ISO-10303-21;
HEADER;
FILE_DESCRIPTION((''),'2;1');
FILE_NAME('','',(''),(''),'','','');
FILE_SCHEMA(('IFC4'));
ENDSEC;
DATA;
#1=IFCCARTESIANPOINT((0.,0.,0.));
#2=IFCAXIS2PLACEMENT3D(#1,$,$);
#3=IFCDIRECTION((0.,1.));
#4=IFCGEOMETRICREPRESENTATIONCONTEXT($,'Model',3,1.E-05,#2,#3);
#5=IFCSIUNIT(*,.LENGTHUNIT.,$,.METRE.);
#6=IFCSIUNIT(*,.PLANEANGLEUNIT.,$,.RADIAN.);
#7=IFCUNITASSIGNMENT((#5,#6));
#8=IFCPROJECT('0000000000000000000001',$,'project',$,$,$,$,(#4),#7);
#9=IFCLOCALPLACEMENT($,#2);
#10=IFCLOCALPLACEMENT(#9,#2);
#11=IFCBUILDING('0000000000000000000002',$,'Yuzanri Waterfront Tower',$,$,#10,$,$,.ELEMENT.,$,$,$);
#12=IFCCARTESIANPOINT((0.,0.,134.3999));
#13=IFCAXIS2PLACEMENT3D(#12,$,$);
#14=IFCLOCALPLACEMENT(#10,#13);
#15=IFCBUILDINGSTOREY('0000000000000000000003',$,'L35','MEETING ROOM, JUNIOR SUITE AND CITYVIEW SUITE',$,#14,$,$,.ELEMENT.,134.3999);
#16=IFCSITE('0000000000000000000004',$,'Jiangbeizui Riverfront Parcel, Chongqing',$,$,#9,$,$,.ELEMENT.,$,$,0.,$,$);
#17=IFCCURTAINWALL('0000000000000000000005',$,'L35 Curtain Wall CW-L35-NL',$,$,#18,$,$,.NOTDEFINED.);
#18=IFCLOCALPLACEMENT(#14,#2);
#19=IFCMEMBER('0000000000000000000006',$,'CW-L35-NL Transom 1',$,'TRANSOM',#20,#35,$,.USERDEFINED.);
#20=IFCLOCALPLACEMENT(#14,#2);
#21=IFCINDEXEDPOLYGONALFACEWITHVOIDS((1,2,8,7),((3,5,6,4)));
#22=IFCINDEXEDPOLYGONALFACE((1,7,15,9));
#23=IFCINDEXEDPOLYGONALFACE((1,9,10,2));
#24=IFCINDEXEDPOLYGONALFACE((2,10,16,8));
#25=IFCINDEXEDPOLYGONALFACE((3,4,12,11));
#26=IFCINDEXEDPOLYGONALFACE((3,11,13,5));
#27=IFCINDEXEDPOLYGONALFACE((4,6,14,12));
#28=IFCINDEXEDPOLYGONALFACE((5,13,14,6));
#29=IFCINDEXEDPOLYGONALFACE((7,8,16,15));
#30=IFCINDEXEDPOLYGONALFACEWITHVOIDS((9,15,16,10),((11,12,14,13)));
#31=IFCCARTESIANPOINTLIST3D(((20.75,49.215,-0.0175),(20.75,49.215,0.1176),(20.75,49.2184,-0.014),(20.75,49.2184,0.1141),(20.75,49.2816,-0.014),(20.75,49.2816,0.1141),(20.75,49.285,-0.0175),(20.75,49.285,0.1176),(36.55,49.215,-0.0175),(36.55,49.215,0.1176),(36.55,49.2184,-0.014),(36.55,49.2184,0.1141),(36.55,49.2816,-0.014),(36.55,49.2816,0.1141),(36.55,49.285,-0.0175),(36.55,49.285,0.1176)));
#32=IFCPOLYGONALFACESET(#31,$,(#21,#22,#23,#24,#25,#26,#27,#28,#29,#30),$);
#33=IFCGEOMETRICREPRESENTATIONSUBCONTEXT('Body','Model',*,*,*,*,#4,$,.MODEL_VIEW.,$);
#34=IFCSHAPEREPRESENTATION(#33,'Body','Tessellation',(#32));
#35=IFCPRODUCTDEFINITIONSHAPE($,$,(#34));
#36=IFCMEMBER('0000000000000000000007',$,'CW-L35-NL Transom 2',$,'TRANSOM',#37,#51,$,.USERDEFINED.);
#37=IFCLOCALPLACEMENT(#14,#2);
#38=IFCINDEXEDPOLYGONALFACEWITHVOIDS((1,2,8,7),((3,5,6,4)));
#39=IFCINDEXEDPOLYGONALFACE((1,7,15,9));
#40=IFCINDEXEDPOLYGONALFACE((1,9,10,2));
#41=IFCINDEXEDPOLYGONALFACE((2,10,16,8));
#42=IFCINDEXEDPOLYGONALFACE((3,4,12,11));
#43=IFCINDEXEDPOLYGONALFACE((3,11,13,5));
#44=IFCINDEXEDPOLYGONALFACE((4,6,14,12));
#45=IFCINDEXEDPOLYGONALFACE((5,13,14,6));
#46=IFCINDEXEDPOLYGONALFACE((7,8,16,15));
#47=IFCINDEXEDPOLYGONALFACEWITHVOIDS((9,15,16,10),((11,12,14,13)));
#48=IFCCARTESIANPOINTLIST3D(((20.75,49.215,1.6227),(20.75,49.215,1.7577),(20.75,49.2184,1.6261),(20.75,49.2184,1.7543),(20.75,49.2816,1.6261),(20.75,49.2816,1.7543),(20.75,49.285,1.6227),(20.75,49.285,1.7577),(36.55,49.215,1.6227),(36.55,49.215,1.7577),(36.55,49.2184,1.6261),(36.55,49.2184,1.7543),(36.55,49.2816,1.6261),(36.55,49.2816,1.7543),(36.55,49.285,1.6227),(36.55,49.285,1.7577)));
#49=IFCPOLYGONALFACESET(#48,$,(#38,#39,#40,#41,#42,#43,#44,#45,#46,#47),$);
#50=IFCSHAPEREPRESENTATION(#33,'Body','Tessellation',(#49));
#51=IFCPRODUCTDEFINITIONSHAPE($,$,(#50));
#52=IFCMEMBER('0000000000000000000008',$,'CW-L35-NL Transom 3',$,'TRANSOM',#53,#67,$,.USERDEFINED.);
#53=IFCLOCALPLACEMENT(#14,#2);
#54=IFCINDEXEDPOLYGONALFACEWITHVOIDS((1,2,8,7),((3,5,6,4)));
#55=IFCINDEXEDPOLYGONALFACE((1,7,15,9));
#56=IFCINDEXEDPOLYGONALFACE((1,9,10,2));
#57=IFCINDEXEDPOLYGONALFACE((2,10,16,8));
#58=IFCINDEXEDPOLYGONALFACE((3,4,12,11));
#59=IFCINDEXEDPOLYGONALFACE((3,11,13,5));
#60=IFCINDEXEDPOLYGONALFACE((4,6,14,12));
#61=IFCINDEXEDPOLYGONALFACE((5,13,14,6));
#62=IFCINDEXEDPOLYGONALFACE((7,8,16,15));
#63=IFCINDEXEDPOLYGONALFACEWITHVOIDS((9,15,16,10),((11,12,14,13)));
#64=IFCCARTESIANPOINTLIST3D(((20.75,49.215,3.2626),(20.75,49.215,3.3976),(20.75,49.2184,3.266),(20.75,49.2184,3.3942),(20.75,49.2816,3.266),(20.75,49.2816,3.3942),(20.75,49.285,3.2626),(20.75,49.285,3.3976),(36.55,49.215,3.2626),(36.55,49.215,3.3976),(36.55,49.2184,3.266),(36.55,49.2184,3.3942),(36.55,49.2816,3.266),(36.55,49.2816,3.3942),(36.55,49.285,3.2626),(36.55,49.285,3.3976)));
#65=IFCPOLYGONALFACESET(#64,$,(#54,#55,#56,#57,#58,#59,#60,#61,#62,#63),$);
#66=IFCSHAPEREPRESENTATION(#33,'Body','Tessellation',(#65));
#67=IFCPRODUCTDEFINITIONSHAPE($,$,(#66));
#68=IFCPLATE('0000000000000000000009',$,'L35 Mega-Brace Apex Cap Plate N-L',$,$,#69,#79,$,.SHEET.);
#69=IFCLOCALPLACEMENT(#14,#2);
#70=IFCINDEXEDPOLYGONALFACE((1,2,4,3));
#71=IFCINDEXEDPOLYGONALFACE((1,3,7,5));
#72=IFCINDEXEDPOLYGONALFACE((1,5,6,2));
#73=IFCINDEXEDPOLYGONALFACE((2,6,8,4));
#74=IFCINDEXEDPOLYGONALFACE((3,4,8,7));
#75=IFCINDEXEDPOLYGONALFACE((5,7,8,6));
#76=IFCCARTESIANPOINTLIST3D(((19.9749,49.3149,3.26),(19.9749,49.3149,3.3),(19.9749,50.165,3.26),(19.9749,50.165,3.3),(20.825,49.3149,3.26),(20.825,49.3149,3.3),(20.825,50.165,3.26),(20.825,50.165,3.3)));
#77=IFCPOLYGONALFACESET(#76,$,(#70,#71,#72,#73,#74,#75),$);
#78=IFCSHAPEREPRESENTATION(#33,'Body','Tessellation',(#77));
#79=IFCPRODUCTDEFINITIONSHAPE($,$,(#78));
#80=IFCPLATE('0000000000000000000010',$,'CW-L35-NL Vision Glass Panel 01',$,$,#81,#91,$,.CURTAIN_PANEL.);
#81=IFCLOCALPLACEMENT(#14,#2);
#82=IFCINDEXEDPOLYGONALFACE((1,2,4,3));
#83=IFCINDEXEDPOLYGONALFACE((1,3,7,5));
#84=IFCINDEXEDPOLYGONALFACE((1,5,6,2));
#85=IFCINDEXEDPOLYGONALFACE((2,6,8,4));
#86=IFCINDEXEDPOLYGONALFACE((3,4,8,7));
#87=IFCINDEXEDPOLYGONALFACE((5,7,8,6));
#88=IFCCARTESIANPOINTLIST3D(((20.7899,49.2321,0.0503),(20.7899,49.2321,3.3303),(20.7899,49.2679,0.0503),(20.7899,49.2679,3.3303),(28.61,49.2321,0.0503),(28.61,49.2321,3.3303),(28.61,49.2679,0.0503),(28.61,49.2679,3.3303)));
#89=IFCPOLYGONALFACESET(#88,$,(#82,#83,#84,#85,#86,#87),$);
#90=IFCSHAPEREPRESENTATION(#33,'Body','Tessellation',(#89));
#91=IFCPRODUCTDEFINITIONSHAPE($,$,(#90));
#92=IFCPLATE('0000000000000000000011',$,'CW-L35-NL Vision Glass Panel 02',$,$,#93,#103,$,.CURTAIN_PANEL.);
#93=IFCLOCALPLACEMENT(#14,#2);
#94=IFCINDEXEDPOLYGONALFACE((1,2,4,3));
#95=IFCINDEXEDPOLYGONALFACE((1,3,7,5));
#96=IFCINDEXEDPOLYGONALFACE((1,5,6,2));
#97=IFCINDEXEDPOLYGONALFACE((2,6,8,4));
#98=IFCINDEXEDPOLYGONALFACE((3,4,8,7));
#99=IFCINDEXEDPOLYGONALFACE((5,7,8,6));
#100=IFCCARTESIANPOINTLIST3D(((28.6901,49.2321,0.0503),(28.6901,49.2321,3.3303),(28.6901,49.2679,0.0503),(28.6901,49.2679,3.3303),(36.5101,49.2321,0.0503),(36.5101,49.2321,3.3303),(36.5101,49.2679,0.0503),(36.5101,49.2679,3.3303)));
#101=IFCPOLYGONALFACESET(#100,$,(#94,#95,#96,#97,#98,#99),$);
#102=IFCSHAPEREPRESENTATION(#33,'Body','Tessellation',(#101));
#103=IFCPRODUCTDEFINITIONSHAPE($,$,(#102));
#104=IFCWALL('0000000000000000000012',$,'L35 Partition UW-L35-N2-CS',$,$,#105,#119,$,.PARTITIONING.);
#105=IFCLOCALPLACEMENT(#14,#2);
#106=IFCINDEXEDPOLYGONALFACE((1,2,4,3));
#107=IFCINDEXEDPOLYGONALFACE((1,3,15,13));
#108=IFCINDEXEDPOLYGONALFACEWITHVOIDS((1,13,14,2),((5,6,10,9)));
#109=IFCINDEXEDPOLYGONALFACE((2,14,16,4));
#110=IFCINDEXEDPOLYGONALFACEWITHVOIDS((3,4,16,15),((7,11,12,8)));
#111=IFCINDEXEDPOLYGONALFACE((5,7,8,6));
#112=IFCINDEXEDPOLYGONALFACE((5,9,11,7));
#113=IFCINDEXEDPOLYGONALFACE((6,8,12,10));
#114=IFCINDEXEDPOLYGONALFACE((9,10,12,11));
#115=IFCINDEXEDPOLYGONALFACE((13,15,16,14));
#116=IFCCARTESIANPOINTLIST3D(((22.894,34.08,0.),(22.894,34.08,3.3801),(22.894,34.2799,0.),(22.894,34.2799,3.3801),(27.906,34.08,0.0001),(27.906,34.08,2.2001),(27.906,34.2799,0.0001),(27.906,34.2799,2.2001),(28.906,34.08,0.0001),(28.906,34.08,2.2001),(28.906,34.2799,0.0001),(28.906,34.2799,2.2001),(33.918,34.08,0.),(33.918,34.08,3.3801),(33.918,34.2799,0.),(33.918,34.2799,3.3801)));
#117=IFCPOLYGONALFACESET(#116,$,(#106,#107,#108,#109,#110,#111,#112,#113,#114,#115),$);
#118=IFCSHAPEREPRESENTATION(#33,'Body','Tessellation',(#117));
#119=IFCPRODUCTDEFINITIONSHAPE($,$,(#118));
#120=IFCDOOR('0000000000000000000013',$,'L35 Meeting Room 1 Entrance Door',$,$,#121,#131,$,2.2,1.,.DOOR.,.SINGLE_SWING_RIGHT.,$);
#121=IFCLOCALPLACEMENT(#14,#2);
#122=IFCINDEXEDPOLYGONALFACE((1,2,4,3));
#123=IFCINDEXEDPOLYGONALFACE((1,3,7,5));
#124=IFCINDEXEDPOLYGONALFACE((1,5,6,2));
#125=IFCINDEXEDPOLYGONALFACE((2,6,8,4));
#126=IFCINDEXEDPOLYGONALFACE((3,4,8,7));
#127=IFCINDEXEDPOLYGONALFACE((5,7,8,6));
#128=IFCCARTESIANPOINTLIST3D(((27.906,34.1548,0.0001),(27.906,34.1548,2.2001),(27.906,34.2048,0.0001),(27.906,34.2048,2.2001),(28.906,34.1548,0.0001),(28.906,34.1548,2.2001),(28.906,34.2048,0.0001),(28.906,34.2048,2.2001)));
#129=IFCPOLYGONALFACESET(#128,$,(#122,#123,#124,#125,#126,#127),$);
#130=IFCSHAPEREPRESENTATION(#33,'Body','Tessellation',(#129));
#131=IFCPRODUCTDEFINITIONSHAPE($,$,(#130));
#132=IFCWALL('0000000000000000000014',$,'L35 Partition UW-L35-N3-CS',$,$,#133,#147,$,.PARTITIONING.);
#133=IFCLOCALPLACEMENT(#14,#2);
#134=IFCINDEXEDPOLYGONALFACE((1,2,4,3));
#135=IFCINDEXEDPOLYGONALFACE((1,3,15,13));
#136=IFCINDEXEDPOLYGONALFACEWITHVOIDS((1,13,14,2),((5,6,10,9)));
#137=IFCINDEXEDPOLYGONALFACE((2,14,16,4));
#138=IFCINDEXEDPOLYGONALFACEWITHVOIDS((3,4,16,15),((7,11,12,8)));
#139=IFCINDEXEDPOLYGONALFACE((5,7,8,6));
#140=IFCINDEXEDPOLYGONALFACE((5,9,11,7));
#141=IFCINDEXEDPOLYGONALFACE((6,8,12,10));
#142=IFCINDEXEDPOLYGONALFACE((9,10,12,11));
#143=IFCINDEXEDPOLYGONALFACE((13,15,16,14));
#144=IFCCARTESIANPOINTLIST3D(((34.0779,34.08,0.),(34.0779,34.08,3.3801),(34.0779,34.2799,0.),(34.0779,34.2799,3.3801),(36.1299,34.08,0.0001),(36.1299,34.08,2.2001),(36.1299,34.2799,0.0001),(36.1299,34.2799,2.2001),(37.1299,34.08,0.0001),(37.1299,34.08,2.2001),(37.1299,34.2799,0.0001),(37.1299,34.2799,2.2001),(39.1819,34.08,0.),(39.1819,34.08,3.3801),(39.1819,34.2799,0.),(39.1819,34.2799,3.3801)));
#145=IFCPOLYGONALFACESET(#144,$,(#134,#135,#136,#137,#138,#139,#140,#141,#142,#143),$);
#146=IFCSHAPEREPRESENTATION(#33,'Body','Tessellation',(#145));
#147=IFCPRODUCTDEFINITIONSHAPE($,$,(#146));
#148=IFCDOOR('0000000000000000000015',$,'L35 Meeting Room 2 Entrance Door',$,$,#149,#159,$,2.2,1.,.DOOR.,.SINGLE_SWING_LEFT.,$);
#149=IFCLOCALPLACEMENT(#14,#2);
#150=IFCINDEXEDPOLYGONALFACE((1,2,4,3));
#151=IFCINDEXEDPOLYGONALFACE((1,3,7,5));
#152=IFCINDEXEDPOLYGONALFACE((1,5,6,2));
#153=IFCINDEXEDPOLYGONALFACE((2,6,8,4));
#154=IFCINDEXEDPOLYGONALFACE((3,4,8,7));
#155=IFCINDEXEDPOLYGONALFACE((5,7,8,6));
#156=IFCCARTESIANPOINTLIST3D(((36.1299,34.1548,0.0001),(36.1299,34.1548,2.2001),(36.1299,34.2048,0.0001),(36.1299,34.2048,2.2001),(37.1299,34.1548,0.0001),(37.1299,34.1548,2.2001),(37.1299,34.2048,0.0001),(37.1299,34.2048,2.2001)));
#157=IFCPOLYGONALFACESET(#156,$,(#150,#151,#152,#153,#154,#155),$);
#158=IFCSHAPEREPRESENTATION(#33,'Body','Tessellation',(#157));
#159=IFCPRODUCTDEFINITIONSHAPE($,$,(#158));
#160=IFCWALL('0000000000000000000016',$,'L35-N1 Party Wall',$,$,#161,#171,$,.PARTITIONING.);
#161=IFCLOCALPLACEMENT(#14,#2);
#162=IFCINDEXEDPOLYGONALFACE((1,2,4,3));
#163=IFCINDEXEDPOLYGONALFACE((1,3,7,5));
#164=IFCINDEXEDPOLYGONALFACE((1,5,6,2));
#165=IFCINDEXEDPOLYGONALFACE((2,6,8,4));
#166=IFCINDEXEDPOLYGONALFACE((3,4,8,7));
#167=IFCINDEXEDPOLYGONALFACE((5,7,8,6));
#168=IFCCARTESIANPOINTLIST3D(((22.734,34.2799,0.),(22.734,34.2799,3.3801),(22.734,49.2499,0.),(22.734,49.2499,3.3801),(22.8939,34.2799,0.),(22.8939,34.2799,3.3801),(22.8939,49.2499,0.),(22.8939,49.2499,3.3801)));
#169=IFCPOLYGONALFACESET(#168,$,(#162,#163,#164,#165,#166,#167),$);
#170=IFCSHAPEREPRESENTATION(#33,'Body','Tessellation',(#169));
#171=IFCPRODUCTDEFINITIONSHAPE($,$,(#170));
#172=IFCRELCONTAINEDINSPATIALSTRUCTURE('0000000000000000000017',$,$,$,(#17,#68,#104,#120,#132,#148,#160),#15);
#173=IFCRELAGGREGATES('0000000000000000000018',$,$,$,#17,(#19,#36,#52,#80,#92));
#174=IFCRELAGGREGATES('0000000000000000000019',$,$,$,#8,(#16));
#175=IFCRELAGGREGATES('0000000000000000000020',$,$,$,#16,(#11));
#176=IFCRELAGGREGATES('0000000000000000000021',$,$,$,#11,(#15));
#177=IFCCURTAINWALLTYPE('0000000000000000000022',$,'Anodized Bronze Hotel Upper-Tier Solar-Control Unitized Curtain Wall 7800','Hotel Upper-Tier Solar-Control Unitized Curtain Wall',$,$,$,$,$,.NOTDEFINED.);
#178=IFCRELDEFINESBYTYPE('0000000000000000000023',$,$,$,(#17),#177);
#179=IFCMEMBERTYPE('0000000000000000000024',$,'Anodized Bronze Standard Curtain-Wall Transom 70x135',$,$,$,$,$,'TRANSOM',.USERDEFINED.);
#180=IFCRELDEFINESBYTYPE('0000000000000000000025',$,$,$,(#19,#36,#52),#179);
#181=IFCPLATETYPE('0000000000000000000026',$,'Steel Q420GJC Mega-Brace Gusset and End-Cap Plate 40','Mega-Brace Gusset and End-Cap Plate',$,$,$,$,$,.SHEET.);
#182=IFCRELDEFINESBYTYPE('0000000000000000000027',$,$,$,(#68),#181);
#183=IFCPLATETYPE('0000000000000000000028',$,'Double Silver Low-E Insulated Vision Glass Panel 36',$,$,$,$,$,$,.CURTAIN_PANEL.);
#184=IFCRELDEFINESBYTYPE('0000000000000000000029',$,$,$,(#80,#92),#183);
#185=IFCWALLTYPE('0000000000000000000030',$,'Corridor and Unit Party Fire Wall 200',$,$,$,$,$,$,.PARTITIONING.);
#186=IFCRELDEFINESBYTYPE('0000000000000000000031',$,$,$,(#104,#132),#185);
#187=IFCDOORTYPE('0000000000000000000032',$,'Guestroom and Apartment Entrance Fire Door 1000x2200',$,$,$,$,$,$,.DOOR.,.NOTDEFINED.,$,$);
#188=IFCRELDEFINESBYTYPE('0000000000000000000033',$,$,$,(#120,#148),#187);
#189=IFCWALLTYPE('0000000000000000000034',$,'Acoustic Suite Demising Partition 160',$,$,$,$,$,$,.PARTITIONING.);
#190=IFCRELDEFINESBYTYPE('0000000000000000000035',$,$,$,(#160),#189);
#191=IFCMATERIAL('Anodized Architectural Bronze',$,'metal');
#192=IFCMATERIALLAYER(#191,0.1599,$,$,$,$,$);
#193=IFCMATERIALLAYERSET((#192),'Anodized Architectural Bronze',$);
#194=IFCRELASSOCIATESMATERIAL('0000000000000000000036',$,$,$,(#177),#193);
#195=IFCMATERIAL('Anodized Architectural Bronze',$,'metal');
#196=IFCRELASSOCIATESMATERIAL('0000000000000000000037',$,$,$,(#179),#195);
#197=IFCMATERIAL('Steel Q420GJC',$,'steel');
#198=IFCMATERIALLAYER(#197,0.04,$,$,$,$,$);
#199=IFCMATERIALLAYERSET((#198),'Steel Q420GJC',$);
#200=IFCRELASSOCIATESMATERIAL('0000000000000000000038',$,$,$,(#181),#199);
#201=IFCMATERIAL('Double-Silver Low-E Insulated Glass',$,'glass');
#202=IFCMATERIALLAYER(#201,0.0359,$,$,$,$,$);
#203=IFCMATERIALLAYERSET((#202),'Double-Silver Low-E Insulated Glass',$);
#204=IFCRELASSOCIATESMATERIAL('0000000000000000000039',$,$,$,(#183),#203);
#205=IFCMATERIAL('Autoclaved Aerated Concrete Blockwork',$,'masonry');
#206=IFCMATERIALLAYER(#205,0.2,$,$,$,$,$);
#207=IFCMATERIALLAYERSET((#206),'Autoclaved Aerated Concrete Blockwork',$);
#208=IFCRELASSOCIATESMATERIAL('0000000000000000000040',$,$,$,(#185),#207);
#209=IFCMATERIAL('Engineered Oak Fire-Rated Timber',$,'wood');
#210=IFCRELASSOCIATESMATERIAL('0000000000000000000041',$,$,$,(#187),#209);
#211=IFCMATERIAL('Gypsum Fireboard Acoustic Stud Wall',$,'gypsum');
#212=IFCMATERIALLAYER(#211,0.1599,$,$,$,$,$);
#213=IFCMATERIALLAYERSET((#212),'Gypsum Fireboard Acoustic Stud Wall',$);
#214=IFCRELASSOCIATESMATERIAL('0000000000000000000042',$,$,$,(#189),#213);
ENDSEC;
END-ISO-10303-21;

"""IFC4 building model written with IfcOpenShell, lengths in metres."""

from ifc_helpers import new_model, si_unit, direction, frame, frame_2d, origin, origin_2d, place, context, subcontext, project, spatial, rectangle, hollow_rectangle, extrude, source, transform, mapped, material, layer, layer_set, material_profile, profile_set, type_object, element, fill, aggregate, save


model = new_model("IFC4")

# Units and contexts
model_context = context("Model", 3, precision=1e-05, world=origin(), true_north=direction((0.0, 1.0)))
body_context = subcontext(model_context, "Body", "Model", "MODEL_VIEW")
ifc_project = project(units=[si_unit("LENGTHUNIT", "METRE"), si_unit("PLANEANGLEUNIT", "RADIAN")], contexts=[model_context])

# Site, building, storey
site_placement = place(None, origin())
site = spatial("IfcSite", under=ifc_project, at=site_placement, Name="Jiangbeizui Riverfront Parcel, Chongqing", CompositionType="ELEMENT", RefElevation=0.0)
building_placement = place(site_placement, origin())
building = spatial("IfcBuilding", under=site, at=building_placement, Name="Yuzanri Waterfront Tower", CompositionType="ELEMENT")
storey_placement = place(building_placement, frame((0.0, 0.0, 134.3999)))
storey = spatial("IfcBuildingStorey", under=building, at=storey_placement, Name="L35", Description="MEETING ROOM, JUNIOR SUITE AND CITYVIEW SUITE", CompositionType="ELEMENT", Elevation=134.3999)

# Curtain wall, members
ifc_material_1 = material(Name="Anodized Architectural Bronze", Category="metal")
ifc_layer_1 = layer(ifc_material_1, 0.1599)
ifc_layer_set_1 = layer_set([ifc_layer_1], Name="Anodized Architectural Bronze")
curtain_wall_type = type_object("IfcCurtainWallType", Name="Anodized Bronze Hotel Upper-Tier Solar-Control Unitized Curtain Wall 7800", Description="Hotel Upper-Tier Solar-Control Unitized Curtain Wall", PredefinedType="NOTDEFINED", material=ifc_layer_set_1)
curtain_wall_placement = place(storey_placement, origin())
curtain_wall = element("IfcCurtainWall", 1, at=curtain_wall_placement, inside=storey, type_object=curtain_wall_type, Name="L35 Curtain Wall CW-L35-NL", PredefinedType="NOTDEFINED")
ifc_material_2 = material(Name="Anodized Architectural Bronze", Category="metal")
ifc_material_profile_1 = material_profile(ifc_material_2, hollow_rectangle(XDim=0.0701, YDim=0.135, WallThickness=0.0034, at=origin_2d()), Name="CWT 70x135")
ifc_profile_set_1 = profile_set([ifc_material_profile_1], Name="Anodized Architectural Bronze")
member_type_1 = type_object("IfcMemberType", Name="Anodized Bronze Standard Curtain-Wall Transom 70x135", ElementType="TRANSOM", PredefinedType="USERDEFINED", material=ifc_profile_set_1)
shared_shape_1 = source(origin(), body_context, "Body", "SweptSolid", [
    extrude(hollow_rectangle(XDim=0.0701, YDim=0.135, WallThickness=0.0034, at=origin_2d()), origin(), (0.0, 0.0, 1.0), 15.8),
])
member_1_placement = place(storey_placement, frame((20.75, 49.25, 0.05), z_axis=(1.0, 0.0, 0.0), x_axis=(0.0, 1.0, 0.0)))
member_1 = element("IfcMember", 2, at=member_1_placement, type_object=member_type_1, Name="CW-L35-NL Transom 1", ObjectType="TRANSOM", PredefinedType="USERDEFINED", context=body_context, shape_type="MappedRepresentation", body=[
    mapped(shared_shape_1, transform((0.0, 0.0, 0.0), scale=1.0)),
])
member_2_placement = place(storey_placement, frame((20.75, 49.25, 1.6902), z_axis=(1.0, 0.0, 0.0), x_axis=(0.0, 1.0, 0.0)))
member_2 = element("IfcMember", 3, at=member_2_placement, type_object=member_type_1, Name="CW-L35-NL Transom 2", ObjectType="TRANSOM", PredefinedType="USERDEFINED", context=body_context, shape_type="MappedRepresentation", body=[
    mapped(shared_shape_1, transform((0.0, 0.0, 0.0), scale=1.0)),
])
member_3_placement = place(storey_placement, frame((20.75, 49.25, 3.3301), z_axis=(1.0, 0.0, 0.0), x_axis=(0.0, 1.0, 0.0)))
member_3 = element("IfcMember", 4, at=member_3_placement, type_object=member_type_1, Name="CW-L35-NL Transom 3", ObjectType="TRANSOM", PredefinedType="USERDEFINED", context=body_context, shape_type="MappedRepresentation", body=[
    mapped(shared_shape_1, transform((0.0, 0.0, 0.0), scale=1.0)),
])

# Plates
ifc_material_3 = material(Name="Steel Q420GJC", Category="steel")
ifc_layer_2 = layer(ifc_material_3, 0.04)
ifc_layer_set_2 = layer_set([ifc_layer_2], Name="Steel Q420GJC")
plate_type_1 = type_object("IfcPlateType", Name="Steel Q420GJC Mega-Brace Gusset and End-Cap Plate 40", Description="Mega-Brace Gusset and End-Cap Plate", PredefinedType="SHEET", material=ifc_layer_set_2)
shared_shape_2 = source(origin(), body_context, "Body", "SweptSolid", [
    extrude(rectangle(XDim=0.8501, YDim=0.8501, at=origin_2d()), origin(), (0.0, 0.0, 1.0), 0.04),
])
plate_1_placement = place(storey_placement, frame((20.3999, 49.74, 3.26), z_axis=(0.0, 0.0, 1.0), x_axis=(1.0, 0.0, 0.0)))
element("IfcPlate", 5, at=plate_1_placement, inside=storey, type_object=plate_type_1, Name="L35 Mega-Brace Apex Cap Plate N-L", PredefinedType="SHEET", context=body_context, shape_type="MappedRepresentation", body=[
    mapped(shared_shape_2, transform((0.0, 0.0, 0.0), scale=1.0)),
])
ifc_material_4 = material(Name="Double-Silver Low-E Insulated Glass", Category="glass")
ifc_layer_3 = layer(ifc_material_4, 0.0359)
ifc_layer_set_3 = layer_set([ifc_layer_3], Name="Double-Silver Low-E Insulated Glass")
plate_type_2 = type_object("IfcPlateType", Name="Double Silver Low-E Insulated Vision Glass Panel 36", PredefinedType="CURTAIN_PANEL", material=ifc_layer_set_3)
shared_shape_3 = source(origin(), body_context, "Body", "SweptSolid", [
    extrude(rectangle(XDim=7.8201, YDim=0.0359, at=origin_2d()), origin(), (0.0, 0.0, 1.0), 3.28),
])
plate_2_placement = place(storey_placement, frame((24.7, 49.25, 0.0503), z_axis=(0.0, 0.0, 1.0), x_axis=(1.0, 0.0, 0.0)))
plate_2 = element("IfcPlate", 6, at=plate_2_placement, type_object=plate_type_2, Name="CW-L35-NL Vision Glass Panel 01", PredefinedType="CURTAIN_PANEL", context=body_context, shape_type="MappedRepresentation", body=[
    mapped(shared_shape_3, transform((0.0, 0.0, 0.0), scale=1.0)),
])
plate_3_placement = place(storey_placement, frame((32.6001, 49.25, 0.0503), z_axis=(0.0, 0.0, 1.0), x_axis=(1.0, 0.0, 0.0)))
plate_3 = element("IfcPlate", 7, at=plate_3_placement, type_object=plate_type_2, Name="CW-L35-NL Vision Glass Panel 02", PredefinedType="CURTAIN_PANEL", context=body_context, shape_type="MappedRepresentation", body=[
    mapped(shared_shape_3, transform((0.0, 0.0, 0.0), scale=1.0)),
])
aggregate(curtain_wall, [member_1, member_2, member_3, plate_2, plate_3])

# Walls, openings, doors
ifc_material_5 = material(Name="Autoclaved Aerated Concrete Blockwork", Category="masonry")
ifc_layer_4 = layer(ifc_material_5, 0.2)
ifc_layer_set_4 = layer_set([ifc_layer_4], Name="Autoclaved Aerated Concrete Blockwork")
wall_type_1 = type_object("IfcWallType", Name="Corridor and Unit Party Fire Wall 200", PredefinedType="PARTITIONING", material=ifc_layer_set_4)
wall_1_placement = place(storey_placement, frame((22.894, 34.1799, 0.0), z_axis=(0.0, 0.0, 1.0), x_axis=(1.0, 0.0, 0.0)))
wall_1 = element("IfcWall", 8, at=wall_1_placement, inside=storey, type_object=wall_type_1, Name="L35 Partition UW-L35-N2-CS", PredefinedType="PARTITIONING", context=body_context, shape_type="SweptSolid", body=[
    extrude(rectangle(XDim=11.0239, YDim=0.2, at=frame_2d((5.512, 0.0))), origin(), (0.0, 0.0, 1.0), 3.3801),
])
opening_1_placement = place(wall_1_placement, frame((5.012, 0.0, 0.0)))
opening_1 = element("IfcOpeningElement", 9, at=opening_1_placement, cuts=wall_1, PredefinedType="OPENING", context=body_context, shape_type="SweptSolid", body=[
    extrude(rectangle(XDim=1.0, YDim=2.2, at=frame_2d((0.5, 1.1001))), frame((0.0, 0.1147, 0.0), z_axis=(0.0, -1.0, 0.0), x_axis=(1.0, 0.0, 0.0)), (0.0, 0.0, 1.0), 0.2297),
])
ifc_material_6 = material(Name="Engineered Oak Fire-Rated Timber", Category="wood")
door_type = type_object("IfcDoorType", Name="Guestroom and Apartment Entrance Fire Door 1000x2200", OperationType="NOTDEFINED", PredefinedType="DOOR", material=ifc_material_6)
shared_shape_4 = source(origin(), body_context, "Body", "SweptSolid", [
    extrude(rectangle(XDim=1.0, YDim=2.2, at=frame_2d((0.5, 1.1001))), frame((0.0, 0.0249, 0.0), z_axis=(0.0, -1.0, 0.0), x_axis=(1.0, 0.0, 0.0)), (0.0, 0.0, 1.0), 0.05),
])
door_1_placement = place(opening_1_placement, origin())
door_1 = element("IfcDoor", 10, at=door_1_placement, inside=storey, type_object=door_type, Name="L35 Meeting Room 1 Entrance Door", OperationType="SINGLE_SWING_RIGHT", OverallHeight=2.2, OverallWidth=1.0, PredefinedType="DOOR", context=body_context, shape_type="MappedRepresentation", body=[
    mapped(shared_shape_4, transform((0.0, 0.0, 0.0), scale=1.0)),
])
fill(opening_1, door_1)
wall_2_placement = place(storey_placement, frame((34.0779, 34.1799, 0.0), z_axis=(0.0, 0.0, 1.0), x_axis=(1.0, 0.0, 0.0)))
wall_2 = element("IfcWall", 11, at=wall_2_placement, inside=storey, type_object=wall_type_1, Name="L35 Partition UW-L35-N3-CS", PredefinedType="PARTITIONING", context=body_context, shape_type="SweptSolid", body=[
    extrude(rectangle(XDim=5.104, YDim=0.2, at=frame_2d((2.552, 0.0))), origin(), (0.0, 0.0, 1.0), 3.3801),
])
opening_2_placement = place(wall_2_placement, frame((2.052, 0.0, 0.0)))
opening_2 = element("IfcOpeningElement", 12, at=opening_2_placement, cuts=wall_2, PredefinedType="OPENING", context=body_context, shape_type="SweptSolid", body=[
    extrude(rectangle(XDim=1.0, YDim=2.2, at=frame_2d((0.5, 1.1001))), frame((0.0, 0.1147, 0.0), z_axis=(0.0, -1.0, 0.0), x_axis=(1.0, 0.0, 0.0)), (0.0, 0.0, 1.0), 0.2297),
])
door_2_placement = place(opening_2_placement, origin())
door_2 = element("IfcDoor", 13, at=door_2_placement, inside=storey, type_object=door_type, Name="L35 Meeting Room 2 Entrance Door", OperationType="SINGLE_SWING_LEFT", OverallHeight=2.2, OverallWidth=1.0, PredefinedType="DOOR", context=body_context, shape_type="MappedRepresentation", body=[
    mapped(shared_shape_4, transform((0.0, 0.0, 0.0), scale=1.0)),
])
fill(opening_2, door_2)

# Wall
ifc_material_7 = material(Name="Gypsum Fireboard Acoustic Stud Wall", Category="gypsum")
ifc_layer_5 = layer(ifc_material_7, 0.1599)
ifc_layer_set_5 = layer_set([ifc_layer_5], Name="Gypsum Fireboard Acoustic Stud Wall")
wall_type_2 = type_object("IfcWallType", Name="Acoustic Suite Demising Partition 160", PredefinedType="PARTITIONING", material=ifc_layer_set_5)
shared_shape_5 = source(origin(), body_context, "Body", "SweptSolid", [
    extrude(rectangle(XDim=14.97, YDim=0.1599, at=frame_2d((7.4849, 0.0))), origin(), (0.0, 0.0, 1.0), 3.3801),
])
for number, where, z_axis, x_axis, name in (
    (14, (22.814, 34.28, 0.0), (0.0, 0.0, 1.0), (0.0, 1.0, 0.0), "L35-N1 Party Wall"),
):
    element("IfcWall", number, at=place(storey_placement, frame(where, z_axis=z_axis, x_axis=x_axis)), inside=storey, type_object=wall_type_2, Name=name, PredefinedType="PARTITIONING", context=body_context, shape_type="MappedRepresentation", body=[
        mapped(shared_shape_5, transform((0.0, 0.0, 0.0), scale=1.0)),
    ])

save(model, "model.ifc")
